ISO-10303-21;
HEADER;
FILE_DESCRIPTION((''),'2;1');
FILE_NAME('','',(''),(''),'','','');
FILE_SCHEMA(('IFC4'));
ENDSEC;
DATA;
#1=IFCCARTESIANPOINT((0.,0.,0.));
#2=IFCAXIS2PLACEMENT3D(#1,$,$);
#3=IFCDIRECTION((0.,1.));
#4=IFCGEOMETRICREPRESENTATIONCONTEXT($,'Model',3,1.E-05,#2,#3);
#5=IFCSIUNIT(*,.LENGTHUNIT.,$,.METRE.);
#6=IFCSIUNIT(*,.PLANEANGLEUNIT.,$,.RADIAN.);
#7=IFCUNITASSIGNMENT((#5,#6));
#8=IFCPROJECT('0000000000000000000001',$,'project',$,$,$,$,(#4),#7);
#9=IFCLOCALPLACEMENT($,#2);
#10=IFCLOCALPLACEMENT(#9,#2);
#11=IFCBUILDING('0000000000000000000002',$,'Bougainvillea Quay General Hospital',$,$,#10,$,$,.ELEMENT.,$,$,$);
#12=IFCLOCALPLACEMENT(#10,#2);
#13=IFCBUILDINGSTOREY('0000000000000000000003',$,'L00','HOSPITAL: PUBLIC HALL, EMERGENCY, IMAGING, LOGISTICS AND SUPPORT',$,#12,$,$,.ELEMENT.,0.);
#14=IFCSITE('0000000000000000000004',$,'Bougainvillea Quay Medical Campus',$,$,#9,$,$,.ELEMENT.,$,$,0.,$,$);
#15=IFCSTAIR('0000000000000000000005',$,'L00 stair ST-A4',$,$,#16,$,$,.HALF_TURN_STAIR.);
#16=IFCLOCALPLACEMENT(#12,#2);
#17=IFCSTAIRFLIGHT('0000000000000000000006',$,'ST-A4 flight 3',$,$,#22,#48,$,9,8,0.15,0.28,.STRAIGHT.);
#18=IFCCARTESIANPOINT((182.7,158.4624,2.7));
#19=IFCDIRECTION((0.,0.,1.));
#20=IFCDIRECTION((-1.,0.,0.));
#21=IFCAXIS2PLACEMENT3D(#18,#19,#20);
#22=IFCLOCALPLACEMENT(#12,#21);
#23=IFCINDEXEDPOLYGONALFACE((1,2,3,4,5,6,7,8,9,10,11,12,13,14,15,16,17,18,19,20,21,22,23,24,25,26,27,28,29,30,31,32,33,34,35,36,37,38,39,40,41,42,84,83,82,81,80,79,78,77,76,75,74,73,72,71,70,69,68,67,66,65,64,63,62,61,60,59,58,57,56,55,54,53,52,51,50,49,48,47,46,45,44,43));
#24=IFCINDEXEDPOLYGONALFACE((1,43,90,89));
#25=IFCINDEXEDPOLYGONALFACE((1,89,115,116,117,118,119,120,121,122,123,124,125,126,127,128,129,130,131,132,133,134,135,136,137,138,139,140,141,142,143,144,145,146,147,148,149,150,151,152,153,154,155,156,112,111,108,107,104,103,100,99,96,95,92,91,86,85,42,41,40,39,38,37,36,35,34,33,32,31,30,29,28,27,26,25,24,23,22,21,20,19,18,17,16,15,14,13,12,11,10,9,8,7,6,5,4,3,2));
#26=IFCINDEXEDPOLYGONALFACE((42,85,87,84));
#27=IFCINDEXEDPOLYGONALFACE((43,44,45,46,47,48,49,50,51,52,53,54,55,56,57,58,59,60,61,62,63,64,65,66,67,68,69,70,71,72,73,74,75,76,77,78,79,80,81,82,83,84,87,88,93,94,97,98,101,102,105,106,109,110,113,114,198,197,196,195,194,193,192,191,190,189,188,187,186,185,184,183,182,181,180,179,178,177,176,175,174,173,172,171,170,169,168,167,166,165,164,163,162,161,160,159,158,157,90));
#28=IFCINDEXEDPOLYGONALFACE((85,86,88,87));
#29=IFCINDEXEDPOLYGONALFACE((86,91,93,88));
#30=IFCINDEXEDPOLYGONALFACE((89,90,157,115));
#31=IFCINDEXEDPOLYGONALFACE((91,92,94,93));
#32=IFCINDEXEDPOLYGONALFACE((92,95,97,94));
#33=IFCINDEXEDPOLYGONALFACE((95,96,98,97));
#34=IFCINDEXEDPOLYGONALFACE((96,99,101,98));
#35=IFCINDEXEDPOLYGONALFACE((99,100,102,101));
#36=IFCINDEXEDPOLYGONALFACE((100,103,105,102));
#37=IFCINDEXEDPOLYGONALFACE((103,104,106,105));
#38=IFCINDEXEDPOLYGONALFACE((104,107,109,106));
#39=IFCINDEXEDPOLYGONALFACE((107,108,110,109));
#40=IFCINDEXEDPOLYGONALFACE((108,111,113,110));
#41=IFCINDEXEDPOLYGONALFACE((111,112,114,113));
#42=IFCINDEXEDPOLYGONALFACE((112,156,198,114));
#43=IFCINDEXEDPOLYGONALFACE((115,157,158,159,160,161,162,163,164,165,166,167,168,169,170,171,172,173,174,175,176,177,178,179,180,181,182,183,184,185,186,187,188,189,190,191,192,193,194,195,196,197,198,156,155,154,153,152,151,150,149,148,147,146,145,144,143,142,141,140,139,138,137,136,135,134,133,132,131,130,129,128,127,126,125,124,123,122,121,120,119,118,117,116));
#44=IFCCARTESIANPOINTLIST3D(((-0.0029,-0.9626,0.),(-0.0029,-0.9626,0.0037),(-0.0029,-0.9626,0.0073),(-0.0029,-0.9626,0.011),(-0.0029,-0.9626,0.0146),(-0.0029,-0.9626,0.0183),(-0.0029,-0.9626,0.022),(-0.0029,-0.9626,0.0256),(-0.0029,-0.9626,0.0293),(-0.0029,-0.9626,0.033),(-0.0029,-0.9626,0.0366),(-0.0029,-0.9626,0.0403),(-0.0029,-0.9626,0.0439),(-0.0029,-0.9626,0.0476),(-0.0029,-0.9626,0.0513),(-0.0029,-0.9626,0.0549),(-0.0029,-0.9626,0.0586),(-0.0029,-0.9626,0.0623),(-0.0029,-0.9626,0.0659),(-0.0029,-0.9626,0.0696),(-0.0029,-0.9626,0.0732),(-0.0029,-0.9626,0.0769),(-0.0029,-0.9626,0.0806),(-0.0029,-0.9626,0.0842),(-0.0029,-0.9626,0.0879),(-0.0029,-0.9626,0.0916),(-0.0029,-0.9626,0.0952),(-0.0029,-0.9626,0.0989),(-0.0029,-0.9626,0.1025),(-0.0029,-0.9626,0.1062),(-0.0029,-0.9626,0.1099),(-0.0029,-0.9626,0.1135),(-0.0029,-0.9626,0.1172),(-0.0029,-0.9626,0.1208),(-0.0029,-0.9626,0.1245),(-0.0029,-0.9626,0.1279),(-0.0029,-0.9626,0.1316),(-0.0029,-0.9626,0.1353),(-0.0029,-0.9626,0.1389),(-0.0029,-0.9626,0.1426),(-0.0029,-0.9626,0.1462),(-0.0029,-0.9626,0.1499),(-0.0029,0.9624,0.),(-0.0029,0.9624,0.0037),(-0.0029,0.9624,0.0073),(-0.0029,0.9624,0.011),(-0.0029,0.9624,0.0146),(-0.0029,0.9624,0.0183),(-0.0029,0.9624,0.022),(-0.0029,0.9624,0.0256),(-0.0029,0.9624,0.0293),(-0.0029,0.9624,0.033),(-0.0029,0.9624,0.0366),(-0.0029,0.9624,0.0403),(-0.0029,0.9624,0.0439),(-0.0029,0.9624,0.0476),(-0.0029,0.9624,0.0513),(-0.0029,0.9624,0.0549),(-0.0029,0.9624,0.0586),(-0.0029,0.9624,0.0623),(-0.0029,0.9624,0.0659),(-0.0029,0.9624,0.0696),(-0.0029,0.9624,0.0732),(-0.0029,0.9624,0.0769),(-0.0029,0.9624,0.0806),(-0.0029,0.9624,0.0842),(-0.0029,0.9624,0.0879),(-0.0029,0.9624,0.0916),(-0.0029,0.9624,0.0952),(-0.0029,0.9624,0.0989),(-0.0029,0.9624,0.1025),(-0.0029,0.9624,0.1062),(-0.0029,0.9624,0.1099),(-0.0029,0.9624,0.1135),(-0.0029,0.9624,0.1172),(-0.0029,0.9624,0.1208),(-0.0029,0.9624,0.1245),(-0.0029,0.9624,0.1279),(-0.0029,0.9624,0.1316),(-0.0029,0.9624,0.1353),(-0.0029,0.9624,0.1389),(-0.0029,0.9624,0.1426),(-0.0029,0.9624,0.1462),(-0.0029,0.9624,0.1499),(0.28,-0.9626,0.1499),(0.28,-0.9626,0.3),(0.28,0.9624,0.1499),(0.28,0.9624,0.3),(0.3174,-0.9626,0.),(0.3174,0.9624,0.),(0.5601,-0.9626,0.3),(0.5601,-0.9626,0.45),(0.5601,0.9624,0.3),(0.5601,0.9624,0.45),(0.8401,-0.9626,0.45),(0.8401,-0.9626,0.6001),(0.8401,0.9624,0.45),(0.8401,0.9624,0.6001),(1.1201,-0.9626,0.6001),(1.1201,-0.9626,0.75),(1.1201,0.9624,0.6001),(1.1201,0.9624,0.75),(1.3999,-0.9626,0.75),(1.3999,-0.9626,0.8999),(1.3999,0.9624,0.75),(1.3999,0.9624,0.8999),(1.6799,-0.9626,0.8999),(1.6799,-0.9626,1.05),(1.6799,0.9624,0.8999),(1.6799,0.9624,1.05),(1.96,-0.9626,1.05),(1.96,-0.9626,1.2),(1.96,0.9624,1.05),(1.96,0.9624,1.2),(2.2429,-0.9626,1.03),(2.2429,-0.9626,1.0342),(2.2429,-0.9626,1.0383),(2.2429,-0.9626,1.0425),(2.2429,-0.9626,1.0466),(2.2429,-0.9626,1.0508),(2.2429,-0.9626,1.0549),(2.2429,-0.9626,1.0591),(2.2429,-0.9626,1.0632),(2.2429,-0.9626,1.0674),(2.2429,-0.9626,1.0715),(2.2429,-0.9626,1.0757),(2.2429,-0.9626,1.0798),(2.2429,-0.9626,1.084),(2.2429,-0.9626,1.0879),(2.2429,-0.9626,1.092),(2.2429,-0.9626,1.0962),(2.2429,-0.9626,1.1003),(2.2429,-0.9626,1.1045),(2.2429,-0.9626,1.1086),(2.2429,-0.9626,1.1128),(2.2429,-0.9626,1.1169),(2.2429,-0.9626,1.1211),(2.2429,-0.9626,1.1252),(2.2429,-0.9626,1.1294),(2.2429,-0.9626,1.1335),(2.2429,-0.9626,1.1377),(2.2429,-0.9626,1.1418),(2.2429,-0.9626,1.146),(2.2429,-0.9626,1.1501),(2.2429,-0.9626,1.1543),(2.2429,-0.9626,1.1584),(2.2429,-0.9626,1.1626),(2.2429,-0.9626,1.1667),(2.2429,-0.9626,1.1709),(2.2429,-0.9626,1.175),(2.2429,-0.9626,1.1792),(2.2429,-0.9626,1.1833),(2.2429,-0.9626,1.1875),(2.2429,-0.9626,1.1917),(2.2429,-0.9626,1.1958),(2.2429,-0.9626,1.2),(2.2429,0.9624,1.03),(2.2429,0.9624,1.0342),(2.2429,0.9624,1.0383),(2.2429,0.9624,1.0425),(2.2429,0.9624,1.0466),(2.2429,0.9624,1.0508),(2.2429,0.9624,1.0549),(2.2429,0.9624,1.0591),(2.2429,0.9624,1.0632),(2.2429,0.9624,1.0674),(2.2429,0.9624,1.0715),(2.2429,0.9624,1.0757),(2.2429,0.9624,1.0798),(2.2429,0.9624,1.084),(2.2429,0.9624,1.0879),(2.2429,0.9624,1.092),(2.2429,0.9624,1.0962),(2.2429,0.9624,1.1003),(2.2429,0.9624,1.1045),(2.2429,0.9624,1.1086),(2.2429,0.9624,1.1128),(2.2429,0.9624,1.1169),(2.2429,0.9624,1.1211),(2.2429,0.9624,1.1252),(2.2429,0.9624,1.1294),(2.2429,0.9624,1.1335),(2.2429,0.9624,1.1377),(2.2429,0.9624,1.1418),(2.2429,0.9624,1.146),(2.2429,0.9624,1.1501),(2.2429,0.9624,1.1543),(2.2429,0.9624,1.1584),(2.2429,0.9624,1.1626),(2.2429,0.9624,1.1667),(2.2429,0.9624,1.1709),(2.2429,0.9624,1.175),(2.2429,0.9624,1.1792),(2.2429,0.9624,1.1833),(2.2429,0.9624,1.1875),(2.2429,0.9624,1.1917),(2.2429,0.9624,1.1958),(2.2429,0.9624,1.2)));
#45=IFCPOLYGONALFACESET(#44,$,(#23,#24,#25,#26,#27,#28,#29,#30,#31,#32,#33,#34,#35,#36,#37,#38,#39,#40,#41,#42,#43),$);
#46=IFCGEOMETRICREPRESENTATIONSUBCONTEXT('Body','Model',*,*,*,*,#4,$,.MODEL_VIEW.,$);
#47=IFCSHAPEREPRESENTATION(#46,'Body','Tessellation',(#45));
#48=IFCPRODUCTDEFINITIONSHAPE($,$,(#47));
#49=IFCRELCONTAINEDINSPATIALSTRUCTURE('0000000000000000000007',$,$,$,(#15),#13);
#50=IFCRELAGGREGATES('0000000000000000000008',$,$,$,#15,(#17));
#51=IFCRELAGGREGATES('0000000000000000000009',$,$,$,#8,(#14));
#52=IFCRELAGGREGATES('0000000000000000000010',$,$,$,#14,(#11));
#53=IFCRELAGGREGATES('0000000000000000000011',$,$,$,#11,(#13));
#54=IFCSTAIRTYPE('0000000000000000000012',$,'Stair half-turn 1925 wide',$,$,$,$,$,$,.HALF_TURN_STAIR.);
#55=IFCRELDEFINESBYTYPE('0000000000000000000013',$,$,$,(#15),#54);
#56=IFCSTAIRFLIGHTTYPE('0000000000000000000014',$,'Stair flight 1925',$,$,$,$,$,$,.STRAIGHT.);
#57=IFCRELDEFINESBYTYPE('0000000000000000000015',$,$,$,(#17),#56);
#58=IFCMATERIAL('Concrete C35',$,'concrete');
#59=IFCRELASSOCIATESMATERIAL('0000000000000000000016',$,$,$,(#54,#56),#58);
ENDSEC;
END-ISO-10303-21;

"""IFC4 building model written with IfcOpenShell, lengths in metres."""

from ifc_helpers import new_model, si_unit, direction, frame, origin, place, context, subcontext, project, spatial, polyline, outline, extrude, material, type_object, element, aggregate, save


model = new_model("IFC4")

# Units and contexts
model_context = context("Model", 3, precision=1e-05, world=origin(), true_north=direction((0.0, 1.0)))
body_context = subcontext(model_context, "Body", "Model", "MODEL_VIEW")
ifc_project = project(units=[si_unit("LENGTHUNIT", "METRE"), si_unit("PLANEANGLEUNIT", "RADIAN")], contexts=[model_context])

# Site, building, storey
site_placement = place(None, origin())
site = spatial("IfcSite", under=ifc_project, at=site_placement, Name="Bougainvillea Quay Medical Campus", CompositionType="ELEMENT", RefElevation=0.0)
building_placement = place(site_placement, origin())
building = spatial("IfcBuilding", under=site, at=building_placement, Name="Bougainvillea Quay General Hospital", CompositionType="ELEMENT")
storey_placement = place(building_placement, origin())
storey = spatial("IfcBuildingStorey", under=building, at=storey_placement, Name="L00", Description="HOSPITAL: PUBLIC HALL, EMERGENCY, IMAGING, LOGISTICS AND SUPPORT", CompositionType="ELEMENT", Elevation=0.0)

# Stair, stair flight
ifc_material_1 = material(Name="Concrete C35", Category="concrete")
stair_type = type_object("IfcStairType", Name="Stair half-turn 1925 wide", PredefinedType="HALF_TURN_STAIR", material=ifc_material_1)
stair_placement = place(storey_placement, origin())
stair = element("IfcStair", 1, at=stair_placement, inside=storey, type_object=stair_type, Name="L00 stair ST-A4", PredefinedType="HALF_TURN_STAIR")
stair_flight_type = type_object("IfcStairFlightType", Name="Stair flight 1925", PredefinedType="STRAIGHT", material=ifc_material_1)
stair_flight_1_placement = place(storey_placement, frame((182.7, 158.4624, 2.7), z_axis=(0.0, 0.0, 1.0), x_axis=(-1.0, 0.0, 0.0)))
stair_flight_1 = element("IfcStairFlight", 2, at=stair_flight_1_placement, type_object=stair_flight_type, Name="ST-A4 flight 3", NumberOfRisers=9, NumberOfTreads=8, PredefinedType="STRAIGHT", RiserHeight=0.15, TreadLength=0.28, context=body_context, shape_type="SweptSolid", body=[
    extrude(outline(polyline([(-0.0029, 0.0), (-0.0029, 0.0037), (-0.0029, 0.0073), (-0.0029, 0.011), (-0.0029, 0.0146), (-0.0029, 0.0183), (-0.0029, 0.022), (-0.0029, 0.0256), (-0.0029, 0.0293), (-0.0029, 0.033), (-0.0029, 0.0366), (-0.0029, 0.0403), (-0.0029, 0.0439), (-0.0029, 0.0476), (-0.0029, 0.0513), (-0.0029, 0.0549), (-0.0029, 0.0586), (-0.0029, 0.0623), (-0.0029, 0.0659), (-0.0029, 0.0696), (-0.0029, 0.0732), (-0.0029, 0.0769), (-0.0029, 0.0806), (-0.0029, 0.0842), (-0.0029, 0.0879), (-0.0029, 0.0916), (-0.0029, 0.0952), (-0.0029, 0.0989), (-0.0029, 0.1025), (-0.0029, 0.1062), (-0.0029, 0.1099), (-0.0029, 0.1135), (-0.0029, 0.1172), (-0.0029, 0.1208), (-0.0029, 0.1245), (-0.0029, 0.1279), (-0.0029, 0.1316), (-0.0029, 0.1353), (-0.0029, 0.1389), (-0.0029, 0.1426), (-0.0029, 0.1462), (-0.0029, 0.1499), (0.28, 0.1499), (0.28, 0.3), (0.5601, 0.3), (0.5601, 0.45), (0.8401, 0.45), (0.8401, 0.6001), (1.1201, 0.6001), (1.1201, 0.75), (1.3999, 0.75), (1.3999, 0.8999), (1.6799, 0.8999), (1.6799, 1.05), (1.96, 1.05), (1.96, 1.2), (2.2429, 1.2), (2.2429, 1.1958), (2.2429, 1.1917), (2.2429, 1.1875), (2.2429, 1.1833), (2.2429, 1.1792), (2.2429, 1.175), (2.2429, 1.1709), (2.2429, 1.1667), (2.2429, 1.1626), (2.2429, 1.1584), (2.2429, 1.1543), (2.2429, 1.1501), (2.2429, 1.146), (2.2429, 1.1418), (2.2429, 1.1377), (2.2429, 1.1335), (2.2429, 1.1294), (2.2429, 1.1252), (2.2429, 1.1211), (2.2429, 1.1169), (2.2429, 1.1128), (2.2429, 1.1086), (2.2429, 1.1045), (2.2429, 1.1003), (2.2429, 1.0962), (2.2429, 1.092), (2.2429, 1.0879), (2.2429, 1.084), (2.2429, 1.0798), (2.2429, 1.0757), (2.2429, 1.0715), (2.2429, 1.0674), (2.2429, 1.0632), (2.2429, 1.0591), (2.2429, 1.0549), (2.2429, 1.0508), (2.2429, 1.0466), (2.2429, 1.0425), (2.2429, 1.0383), (2.2429, 1.0342), (2.2429, 1.03), (0.3174, 0.0), (-0.0029, 0.0)])), frame((0.0, 0.9624, 0.0), z_axis=(0.0, -1.0, 0.0), x_axis=(1.0, 0.0, 0.0)), (0.0, 0.0, 1.0), 1.925),
])
aggregate(stair, [stair_flight_1])

save(model, "model.ifc")
